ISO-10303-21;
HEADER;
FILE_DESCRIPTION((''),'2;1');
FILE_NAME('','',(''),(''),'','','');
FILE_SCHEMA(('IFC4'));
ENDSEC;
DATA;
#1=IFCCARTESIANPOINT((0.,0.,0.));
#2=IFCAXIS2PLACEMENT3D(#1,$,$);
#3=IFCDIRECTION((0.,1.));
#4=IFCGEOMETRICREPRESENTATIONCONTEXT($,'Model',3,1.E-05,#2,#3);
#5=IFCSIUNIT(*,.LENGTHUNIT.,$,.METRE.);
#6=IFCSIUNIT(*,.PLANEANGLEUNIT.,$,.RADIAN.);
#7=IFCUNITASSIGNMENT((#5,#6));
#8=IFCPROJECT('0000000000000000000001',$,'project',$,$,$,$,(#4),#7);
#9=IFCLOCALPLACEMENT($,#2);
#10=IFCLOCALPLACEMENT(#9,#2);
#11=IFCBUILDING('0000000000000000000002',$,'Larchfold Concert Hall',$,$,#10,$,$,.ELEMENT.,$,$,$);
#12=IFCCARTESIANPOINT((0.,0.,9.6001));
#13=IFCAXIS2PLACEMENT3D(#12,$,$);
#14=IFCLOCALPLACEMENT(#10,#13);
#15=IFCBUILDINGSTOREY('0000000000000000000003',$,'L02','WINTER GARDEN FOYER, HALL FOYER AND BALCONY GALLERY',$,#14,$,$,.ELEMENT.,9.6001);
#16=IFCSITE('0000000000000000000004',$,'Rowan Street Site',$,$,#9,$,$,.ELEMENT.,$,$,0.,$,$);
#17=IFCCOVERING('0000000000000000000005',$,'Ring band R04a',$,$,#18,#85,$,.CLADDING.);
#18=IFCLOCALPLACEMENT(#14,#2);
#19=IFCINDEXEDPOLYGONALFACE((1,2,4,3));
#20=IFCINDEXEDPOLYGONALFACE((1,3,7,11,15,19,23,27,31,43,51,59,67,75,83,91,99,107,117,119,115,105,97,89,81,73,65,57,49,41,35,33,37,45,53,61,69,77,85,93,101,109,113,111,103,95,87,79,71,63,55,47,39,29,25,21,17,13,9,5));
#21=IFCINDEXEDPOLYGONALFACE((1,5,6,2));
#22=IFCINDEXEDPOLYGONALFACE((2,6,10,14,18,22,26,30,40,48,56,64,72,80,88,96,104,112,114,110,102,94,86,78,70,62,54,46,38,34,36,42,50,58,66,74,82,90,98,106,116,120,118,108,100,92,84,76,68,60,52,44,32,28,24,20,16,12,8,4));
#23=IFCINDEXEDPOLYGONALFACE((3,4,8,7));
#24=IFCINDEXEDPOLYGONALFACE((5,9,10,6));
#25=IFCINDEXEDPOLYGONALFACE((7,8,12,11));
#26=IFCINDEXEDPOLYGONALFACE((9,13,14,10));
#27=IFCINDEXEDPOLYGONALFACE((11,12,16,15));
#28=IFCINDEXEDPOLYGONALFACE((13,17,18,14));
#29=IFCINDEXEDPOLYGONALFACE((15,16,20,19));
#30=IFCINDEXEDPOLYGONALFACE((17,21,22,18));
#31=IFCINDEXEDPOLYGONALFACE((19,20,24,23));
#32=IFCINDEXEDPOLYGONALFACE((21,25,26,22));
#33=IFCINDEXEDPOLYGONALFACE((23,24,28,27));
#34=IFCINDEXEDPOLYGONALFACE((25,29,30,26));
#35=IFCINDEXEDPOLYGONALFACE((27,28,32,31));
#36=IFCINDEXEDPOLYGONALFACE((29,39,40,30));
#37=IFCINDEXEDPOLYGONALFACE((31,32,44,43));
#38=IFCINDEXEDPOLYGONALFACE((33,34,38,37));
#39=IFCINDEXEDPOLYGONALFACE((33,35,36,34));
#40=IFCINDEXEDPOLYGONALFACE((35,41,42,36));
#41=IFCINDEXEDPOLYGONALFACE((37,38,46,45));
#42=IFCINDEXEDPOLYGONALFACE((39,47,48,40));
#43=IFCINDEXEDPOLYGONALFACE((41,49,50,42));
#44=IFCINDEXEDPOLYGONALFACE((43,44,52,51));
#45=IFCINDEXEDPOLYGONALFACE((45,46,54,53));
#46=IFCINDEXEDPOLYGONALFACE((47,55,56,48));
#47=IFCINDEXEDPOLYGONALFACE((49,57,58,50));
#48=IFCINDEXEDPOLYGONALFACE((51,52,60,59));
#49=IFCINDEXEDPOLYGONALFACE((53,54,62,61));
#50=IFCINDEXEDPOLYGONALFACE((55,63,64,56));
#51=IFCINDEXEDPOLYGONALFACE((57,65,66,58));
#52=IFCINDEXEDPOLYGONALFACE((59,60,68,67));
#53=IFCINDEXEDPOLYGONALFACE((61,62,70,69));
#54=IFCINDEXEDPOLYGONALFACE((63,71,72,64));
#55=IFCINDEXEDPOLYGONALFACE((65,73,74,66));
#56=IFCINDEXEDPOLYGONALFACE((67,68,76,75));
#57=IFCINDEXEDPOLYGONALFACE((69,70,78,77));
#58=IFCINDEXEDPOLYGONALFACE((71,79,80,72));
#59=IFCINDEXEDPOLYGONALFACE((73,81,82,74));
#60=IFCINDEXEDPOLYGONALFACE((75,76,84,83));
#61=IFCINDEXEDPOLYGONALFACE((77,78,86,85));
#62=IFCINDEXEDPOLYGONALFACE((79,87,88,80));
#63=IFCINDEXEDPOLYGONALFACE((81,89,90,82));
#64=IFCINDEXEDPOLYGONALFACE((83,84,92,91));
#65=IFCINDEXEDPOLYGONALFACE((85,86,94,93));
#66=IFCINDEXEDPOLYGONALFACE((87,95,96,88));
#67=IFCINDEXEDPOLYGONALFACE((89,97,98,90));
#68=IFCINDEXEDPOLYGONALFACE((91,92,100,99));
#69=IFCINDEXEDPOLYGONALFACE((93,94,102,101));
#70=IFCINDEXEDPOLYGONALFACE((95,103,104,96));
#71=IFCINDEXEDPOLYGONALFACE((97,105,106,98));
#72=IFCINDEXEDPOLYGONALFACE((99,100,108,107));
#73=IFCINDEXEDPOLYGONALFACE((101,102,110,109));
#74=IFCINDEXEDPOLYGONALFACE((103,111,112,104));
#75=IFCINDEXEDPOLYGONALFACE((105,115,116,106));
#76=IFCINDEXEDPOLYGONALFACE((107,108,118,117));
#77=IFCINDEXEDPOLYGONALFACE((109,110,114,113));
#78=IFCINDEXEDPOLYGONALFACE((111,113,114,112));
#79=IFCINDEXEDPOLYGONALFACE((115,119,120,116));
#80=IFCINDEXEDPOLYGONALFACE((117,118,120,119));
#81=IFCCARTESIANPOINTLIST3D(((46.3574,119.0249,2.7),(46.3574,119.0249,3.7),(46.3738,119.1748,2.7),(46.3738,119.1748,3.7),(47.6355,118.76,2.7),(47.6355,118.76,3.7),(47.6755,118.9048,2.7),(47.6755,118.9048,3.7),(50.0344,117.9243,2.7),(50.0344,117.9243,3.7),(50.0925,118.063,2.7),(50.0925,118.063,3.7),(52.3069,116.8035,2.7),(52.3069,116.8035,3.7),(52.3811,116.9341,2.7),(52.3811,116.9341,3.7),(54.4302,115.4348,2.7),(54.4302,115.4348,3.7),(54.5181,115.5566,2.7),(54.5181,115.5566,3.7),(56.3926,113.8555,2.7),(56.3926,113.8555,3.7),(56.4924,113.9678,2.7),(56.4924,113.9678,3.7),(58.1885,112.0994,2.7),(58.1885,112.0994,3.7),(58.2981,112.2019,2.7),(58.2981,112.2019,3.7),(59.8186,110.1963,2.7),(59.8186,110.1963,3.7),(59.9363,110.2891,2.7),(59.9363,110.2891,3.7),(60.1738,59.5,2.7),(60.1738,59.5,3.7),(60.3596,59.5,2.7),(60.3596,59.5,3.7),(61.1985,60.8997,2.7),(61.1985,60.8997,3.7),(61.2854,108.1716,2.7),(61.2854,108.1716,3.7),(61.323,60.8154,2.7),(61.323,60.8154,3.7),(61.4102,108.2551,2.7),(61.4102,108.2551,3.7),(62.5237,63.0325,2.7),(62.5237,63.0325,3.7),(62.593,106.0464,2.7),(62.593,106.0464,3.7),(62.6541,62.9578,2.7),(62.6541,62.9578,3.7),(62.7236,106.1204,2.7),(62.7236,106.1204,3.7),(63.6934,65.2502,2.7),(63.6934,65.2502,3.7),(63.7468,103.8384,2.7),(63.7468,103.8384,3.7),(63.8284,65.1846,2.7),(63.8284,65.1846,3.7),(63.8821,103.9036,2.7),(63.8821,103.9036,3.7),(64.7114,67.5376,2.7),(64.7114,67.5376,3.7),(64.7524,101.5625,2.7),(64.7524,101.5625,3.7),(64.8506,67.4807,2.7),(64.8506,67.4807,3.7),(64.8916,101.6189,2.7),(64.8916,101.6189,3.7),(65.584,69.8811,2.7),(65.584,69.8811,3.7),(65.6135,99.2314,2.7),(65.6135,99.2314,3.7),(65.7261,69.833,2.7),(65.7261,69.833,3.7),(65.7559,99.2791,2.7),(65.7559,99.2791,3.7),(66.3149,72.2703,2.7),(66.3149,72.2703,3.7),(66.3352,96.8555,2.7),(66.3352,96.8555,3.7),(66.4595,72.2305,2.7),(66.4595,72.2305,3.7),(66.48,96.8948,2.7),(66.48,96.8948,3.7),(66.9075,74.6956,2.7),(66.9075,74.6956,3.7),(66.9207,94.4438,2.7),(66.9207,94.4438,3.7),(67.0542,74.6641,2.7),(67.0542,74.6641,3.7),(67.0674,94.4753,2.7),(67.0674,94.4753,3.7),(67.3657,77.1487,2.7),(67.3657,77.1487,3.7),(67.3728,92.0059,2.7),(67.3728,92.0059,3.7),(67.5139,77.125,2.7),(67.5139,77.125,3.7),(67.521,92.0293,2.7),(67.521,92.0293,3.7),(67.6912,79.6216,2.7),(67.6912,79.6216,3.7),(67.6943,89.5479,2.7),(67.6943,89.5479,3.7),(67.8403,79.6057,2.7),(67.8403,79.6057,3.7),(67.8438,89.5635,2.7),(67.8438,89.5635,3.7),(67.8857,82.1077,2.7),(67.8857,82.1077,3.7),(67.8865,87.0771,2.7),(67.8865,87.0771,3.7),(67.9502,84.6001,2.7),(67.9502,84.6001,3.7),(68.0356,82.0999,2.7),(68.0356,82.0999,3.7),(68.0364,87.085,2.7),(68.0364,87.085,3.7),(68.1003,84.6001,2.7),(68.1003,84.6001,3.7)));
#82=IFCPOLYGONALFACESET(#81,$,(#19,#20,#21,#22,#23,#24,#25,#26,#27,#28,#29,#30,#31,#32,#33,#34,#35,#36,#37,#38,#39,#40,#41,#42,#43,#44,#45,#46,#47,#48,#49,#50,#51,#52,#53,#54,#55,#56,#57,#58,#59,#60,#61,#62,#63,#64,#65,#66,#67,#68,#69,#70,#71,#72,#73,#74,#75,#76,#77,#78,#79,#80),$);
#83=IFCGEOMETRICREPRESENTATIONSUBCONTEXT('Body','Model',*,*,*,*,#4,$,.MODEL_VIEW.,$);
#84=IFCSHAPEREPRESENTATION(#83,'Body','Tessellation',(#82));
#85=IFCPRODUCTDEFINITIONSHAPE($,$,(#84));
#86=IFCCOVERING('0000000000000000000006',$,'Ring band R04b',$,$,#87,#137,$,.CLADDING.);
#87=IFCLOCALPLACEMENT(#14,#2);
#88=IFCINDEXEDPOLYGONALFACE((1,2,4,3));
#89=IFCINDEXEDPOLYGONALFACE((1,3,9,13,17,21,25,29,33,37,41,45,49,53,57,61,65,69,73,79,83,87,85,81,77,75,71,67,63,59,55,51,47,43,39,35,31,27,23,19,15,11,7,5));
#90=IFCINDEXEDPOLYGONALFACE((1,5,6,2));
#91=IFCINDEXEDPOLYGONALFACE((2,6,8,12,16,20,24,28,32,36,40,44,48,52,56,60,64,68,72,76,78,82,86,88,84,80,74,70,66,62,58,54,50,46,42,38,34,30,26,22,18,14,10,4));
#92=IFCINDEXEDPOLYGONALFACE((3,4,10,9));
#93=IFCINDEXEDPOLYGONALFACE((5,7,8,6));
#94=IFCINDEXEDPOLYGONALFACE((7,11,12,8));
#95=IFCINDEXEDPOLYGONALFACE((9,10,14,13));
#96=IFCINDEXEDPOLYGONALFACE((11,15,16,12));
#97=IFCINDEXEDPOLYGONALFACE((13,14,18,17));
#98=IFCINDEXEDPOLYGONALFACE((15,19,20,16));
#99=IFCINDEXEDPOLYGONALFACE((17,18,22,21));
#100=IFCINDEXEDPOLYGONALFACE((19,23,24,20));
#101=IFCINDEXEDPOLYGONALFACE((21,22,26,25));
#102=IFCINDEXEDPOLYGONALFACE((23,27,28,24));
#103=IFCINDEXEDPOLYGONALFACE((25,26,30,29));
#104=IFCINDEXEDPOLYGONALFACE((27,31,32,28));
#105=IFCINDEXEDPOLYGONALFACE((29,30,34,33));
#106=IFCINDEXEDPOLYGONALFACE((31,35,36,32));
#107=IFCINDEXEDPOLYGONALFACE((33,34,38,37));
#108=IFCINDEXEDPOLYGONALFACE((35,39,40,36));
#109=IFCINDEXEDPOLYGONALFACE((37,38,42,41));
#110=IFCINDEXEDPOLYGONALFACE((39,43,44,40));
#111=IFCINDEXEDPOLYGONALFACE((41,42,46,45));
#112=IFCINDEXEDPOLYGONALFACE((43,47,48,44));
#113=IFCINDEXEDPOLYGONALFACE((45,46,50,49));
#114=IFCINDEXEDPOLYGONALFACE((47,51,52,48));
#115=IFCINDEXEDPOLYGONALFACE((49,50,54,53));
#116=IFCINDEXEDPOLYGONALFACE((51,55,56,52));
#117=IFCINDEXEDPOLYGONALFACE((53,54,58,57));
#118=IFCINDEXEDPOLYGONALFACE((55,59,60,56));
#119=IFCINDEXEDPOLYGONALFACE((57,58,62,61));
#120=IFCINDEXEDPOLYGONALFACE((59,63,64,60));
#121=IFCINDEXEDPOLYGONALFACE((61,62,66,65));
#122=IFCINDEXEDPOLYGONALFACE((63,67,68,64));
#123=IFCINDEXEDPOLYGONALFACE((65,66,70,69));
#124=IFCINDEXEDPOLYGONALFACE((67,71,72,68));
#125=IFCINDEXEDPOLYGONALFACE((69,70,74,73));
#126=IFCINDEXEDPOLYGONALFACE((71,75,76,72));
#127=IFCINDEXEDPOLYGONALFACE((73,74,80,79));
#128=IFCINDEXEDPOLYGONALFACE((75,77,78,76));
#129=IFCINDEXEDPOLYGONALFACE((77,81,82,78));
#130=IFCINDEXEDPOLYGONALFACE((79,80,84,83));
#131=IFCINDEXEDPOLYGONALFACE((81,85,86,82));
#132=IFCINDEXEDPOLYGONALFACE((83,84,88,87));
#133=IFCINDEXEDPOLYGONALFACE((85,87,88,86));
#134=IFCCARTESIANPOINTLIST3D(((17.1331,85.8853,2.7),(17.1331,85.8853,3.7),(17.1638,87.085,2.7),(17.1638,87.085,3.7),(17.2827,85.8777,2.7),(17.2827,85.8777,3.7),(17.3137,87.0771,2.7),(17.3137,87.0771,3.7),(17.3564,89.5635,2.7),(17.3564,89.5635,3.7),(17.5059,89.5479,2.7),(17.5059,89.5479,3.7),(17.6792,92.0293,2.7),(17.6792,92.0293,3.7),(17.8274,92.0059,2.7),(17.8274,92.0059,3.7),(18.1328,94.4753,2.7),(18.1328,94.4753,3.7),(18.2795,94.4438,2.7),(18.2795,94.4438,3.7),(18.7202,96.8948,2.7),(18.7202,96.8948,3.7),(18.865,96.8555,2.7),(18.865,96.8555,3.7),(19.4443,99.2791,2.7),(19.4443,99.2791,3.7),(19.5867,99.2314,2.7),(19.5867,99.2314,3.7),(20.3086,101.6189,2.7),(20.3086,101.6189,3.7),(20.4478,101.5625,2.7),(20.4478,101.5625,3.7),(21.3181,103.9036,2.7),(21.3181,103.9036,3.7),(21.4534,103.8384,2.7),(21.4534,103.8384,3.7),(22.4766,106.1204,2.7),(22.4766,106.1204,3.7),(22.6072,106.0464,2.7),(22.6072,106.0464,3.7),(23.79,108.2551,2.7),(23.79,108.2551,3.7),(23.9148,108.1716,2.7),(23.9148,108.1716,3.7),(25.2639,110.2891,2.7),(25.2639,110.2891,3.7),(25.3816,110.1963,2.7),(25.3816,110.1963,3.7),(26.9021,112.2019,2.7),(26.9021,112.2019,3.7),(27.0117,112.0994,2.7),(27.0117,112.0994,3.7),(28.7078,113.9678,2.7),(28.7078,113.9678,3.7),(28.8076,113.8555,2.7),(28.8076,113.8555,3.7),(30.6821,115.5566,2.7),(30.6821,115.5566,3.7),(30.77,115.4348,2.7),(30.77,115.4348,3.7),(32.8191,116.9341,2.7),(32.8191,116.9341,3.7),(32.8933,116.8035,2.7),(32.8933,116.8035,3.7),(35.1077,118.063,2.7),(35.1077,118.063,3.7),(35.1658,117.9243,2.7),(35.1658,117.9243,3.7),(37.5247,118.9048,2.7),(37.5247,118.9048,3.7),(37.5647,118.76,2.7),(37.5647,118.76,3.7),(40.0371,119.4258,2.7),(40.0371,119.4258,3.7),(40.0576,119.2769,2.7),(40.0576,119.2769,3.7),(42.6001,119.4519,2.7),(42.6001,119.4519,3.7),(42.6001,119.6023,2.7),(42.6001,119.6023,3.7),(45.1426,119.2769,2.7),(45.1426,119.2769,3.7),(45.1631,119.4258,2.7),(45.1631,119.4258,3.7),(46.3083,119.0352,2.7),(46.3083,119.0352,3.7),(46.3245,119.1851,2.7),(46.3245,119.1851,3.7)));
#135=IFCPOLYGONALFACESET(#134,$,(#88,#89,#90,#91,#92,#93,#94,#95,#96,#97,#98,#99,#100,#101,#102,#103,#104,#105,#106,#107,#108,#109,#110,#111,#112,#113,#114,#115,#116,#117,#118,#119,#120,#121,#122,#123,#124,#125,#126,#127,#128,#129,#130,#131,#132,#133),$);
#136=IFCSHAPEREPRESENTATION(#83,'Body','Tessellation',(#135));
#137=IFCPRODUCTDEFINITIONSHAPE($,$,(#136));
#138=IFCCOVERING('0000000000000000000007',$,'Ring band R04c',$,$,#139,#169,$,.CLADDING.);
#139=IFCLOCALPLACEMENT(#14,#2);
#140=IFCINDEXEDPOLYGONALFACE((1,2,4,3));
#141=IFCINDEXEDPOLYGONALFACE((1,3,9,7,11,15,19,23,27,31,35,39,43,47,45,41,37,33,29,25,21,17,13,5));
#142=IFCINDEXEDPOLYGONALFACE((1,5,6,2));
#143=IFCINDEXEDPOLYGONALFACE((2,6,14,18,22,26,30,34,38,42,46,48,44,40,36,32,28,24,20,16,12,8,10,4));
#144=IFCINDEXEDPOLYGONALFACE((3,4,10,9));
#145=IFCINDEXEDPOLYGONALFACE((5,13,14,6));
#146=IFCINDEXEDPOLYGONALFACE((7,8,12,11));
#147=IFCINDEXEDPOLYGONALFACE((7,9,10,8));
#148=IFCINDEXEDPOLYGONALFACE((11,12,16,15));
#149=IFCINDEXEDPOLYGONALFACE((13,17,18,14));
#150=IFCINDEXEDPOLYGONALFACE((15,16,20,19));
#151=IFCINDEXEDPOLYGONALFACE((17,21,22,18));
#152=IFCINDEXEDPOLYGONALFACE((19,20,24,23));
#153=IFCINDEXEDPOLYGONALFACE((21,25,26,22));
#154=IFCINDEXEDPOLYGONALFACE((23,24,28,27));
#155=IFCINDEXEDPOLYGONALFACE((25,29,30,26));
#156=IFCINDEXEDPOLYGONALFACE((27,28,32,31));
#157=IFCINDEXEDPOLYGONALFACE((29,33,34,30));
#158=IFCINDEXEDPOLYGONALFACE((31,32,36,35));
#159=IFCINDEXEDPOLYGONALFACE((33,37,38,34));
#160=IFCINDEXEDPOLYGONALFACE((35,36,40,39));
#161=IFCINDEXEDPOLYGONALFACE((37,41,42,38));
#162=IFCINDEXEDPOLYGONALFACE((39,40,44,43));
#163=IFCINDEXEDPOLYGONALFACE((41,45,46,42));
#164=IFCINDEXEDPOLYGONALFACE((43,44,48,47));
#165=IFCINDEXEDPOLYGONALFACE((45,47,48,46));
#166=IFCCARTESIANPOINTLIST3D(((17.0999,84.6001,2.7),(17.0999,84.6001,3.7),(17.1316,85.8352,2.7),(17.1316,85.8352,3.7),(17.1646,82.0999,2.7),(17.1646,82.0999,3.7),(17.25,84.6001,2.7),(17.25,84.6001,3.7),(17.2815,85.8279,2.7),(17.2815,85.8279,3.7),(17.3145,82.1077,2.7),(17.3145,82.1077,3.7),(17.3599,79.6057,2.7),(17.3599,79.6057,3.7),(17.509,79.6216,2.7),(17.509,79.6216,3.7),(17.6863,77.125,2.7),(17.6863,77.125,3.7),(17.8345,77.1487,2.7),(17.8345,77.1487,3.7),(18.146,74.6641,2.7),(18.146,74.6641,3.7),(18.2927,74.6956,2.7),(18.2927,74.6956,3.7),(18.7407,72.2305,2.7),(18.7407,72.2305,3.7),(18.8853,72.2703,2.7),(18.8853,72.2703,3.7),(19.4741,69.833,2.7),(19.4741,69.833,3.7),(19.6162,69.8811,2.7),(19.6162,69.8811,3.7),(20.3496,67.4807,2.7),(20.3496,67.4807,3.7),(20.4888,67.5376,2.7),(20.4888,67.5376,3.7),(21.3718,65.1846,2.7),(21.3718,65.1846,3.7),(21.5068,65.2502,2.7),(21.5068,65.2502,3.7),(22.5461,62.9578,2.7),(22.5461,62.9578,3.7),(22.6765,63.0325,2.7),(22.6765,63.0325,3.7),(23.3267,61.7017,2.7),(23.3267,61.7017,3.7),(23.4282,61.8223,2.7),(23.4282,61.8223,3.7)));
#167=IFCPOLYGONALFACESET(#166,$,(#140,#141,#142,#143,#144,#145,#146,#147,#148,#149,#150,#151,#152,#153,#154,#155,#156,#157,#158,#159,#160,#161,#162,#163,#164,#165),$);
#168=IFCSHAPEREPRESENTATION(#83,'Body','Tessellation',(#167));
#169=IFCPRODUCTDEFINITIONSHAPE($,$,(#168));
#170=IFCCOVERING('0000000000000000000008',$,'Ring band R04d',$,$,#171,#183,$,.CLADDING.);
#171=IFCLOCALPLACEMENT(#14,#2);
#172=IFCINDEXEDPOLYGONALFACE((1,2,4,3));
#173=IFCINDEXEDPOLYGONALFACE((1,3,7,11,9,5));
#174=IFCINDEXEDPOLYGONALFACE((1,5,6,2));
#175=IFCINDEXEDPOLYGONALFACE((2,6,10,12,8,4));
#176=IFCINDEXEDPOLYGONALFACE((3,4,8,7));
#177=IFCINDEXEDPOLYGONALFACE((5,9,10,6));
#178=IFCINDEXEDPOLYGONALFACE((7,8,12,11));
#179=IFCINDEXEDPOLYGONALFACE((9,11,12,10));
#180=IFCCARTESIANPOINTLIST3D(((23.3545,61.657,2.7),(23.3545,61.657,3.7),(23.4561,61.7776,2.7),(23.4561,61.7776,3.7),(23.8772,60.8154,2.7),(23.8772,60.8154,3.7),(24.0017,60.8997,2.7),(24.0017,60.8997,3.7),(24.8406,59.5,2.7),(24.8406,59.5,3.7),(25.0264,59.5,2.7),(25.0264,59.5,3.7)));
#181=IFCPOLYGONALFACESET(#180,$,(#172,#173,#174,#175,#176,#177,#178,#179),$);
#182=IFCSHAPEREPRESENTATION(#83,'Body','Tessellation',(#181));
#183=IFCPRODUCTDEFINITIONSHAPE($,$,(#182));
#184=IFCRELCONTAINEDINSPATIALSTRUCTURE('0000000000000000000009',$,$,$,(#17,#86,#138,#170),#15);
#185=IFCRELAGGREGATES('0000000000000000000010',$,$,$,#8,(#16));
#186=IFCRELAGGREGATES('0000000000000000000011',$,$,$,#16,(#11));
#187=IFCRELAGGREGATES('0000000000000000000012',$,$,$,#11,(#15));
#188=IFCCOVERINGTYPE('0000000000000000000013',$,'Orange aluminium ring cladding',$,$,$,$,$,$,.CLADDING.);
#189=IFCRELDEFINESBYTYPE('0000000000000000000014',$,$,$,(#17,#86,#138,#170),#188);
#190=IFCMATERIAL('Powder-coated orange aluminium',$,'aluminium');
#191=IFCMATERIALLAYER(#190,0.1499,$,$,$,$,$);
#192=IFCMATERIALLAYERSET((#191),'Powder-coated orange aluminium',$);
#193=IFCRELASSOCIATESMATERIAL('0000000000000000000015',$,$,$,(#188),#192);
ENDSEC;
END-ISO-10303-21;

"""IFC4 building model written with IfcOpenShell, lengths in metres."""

from ifc_helpers import new_model, si_unit, direction, frame, origin, place, context, subcontext, project, spatial, polyline, outline, extrude, material, layer, layer_set, type_object, element, save


model = new_model("IFC4")

# Units and contexts
model_context = context("Model", 3, precision=1e-05, world=origin(), true_north=direction((0.0, 1.0)))
body_context = subcontext(model_context, "Body", "Model", "MODEL_VIEW")
ifc_project = project(units=[si_unit("LENGTHUNIT", "METRE"), si_unit("PLANEANGLEUNIT", "RADIAN")], contexts=[model_context])

# Site, building, storey
site_placement = place(None, origin())
site = spatial("IfcSite", under=ifc_project, at=site_placement, Name="Rowan Street Site", CompositionType="ELEMENT", RefElevation=0.0)
building_placement = place(site_placement, origin())
building = spatial("IfcBuilding", under=site, at=building_placement, Name="Larchfold Concert Hall", CompositionType="ELEMENT")
storey_placement = place(building_placement, frame((0.0, 0.0, 9.6001)))
storey = spatial("IfcBuildingStorey", under=building, at=storey_placement, Name="L02", Description="WINTER GARDEN FOYER, HALL FOYER AND BALCONY GALLERY", CompositionType="ELEMENT", Elevation=9.6001)

# Coverings
ifc_material_1 = material(Name="Powder-coated orange aluminium", Category="aluminium")
ifc_layer_1 = layer(ifc_material_1, 0.1499)
ifc_layer_set_1 = layer_set([ifc_layer_1], Name="Powder-coated orange aluminium")
covering_type_1 = type_object("IfcCoveringType", Name="Orange aluminium ring cladding", PredefinedType="CLADDING", material=ifc_layer_set_1)
covering_1_placement = place(storey_placement, frame((0.0, 0.0, 2.7)))
element("IfcCovering", 1, at=covering_1_placement, inside=storey, type_object=covering_type_1, Name="Ring band R04a", PredefinedType="CLADDING", context=body_context, shape_type="SweptSolid", body=[
    extrude(outline(polyline([(67.0542, 74.6641), (67.5139, 77.125), (67.8403, 79.6057), (68.0356, 82.0999), (68.1003, 84.6001), (68.0364, 87.085), (67.8438, 89.5635), (67.521, 92.0293), (67.0674, 94.4753), (66.48, 96.8948), (65.7559, 99.2791), (64.8916, 101.6189), (63.8821, 103.9036), (62.7236, 106.1204), (61.4102, 108.2551), (59.9363, 110.2891), (58.2981, 112.2019), (56.4924, 113.9678), (54.5181, 115.5566), (52.3811, 116.9341), (50.0925, 118.063), (47.6755, 118.9048), (46.3738, 119.1748), (46.3574, 119.0249), (47.6355, 118.76), (50.0344, 117.9243), (52.3069, 116.8035), (54.4302, 115.4348), (56.3926, 113.8555), (58.1885, 112.0994), (59.8186, 110.1963), (61.2854, 108.1716), (62.593, 106.0464), (63.7468, 103.8384), (64.7524, 101.5625), (65.6135, 99.2314), (66.3352, 96.8555), (66.9207, 94.4438), (67.3728, 92.0059), (67.6943, 89.5479), (67.8865, 87.0771), (67.9502, 84.6001), (67.8857, 82.1077), (67.6912, 79.6216), (67.3657, 77.1487), (66.9075, 74.6956), (66.3149, 72.2703), (65.584, 69.8811), (64.7114, 67.5376), (63.6934, 65.2502), (62.5237, 63.0325), (61.1985, 60.8997), (60.1738, 59.5), (60.3596, 59.5), (61.323, 60.8154), (62.6541, 62.9578), (63.8284, 65.1846), (64.8506, 67.4807), (65.7261, 69.833), (66.4595, 72.2305), (67.0542, 74.6641)])), origin(), (0.0, 0.0, 1.0), 1.0),
])
covering_2_placement = place(storey_placement, frame((0.0, 0.0, 2.7)))
element("IfcCovering", 2, at=covering_2_placement, inside=storey, type_object=covering_type_1, Name="Ring band R04b", PredefinedType="CLADDING", context=body_context, shape_type="SweptSolid", body=[
    extrude(outline(polyline([(42.6001, 119.4519), (45.1426, 119.2769), (46.3083, 119.0352), (46.3245, 119.1851), (45.1631, 119.4258), (42.6001, 119.6023), (40.0371, 119.4258), (37.5247, 118.9048), (35.1077, 118.063), (32.8191, 116.9341), (30.6821, 115.5566), (28.7078, 113.9678), (26.9021, 112.2019), (25.2639, 110.2891), (23.79, 108.2551), (22.4766, 106.1204), (21.3181, 103.9036), (20.3086, 101.6189), (19.4443, 99.2791), (18.7202, 96.8948), (18.1328, 94.4753), (17.6792, 92.0293), (17.3564, 89.5635), (17.1638, 87.085), (17.1331, 85.8853), (17.2827, 85.8777), (17.3137, 87.0771), (17.5059, 89.5479), (17.8274, 92.0059), (18.2795, 94.4438), (18.865, 96.8555), (19.5867, 99.2314), (20.4478, 101.5625), (21.4534, 103.8384), (22.6072, 106.0464), (23.9148, 108.1716), (25.3816, 110.1963), (27.0117, 112.0994), (28.8076, 113.8555), (30.77, 115.4348), (32.8933, 116.8035), (35.1658, 117.9243), (37.5647, 118.76), (40.0576, 119.2769), (42.6001, 119.4519)])), origin(), (0.0, 0.0, 1.0), 1.0),
])
covering_3_placement = place(storey_placement, frame((0.0, 0.0, 2.7)))
element("IfcCovering", 3, at=covering_3_placement, inside=storey, type_object=covering_type_1, Name="Ring band R04c", PredefinedType="CLADDING", context=body_context, shape_type="SweptSolid", body=[
    extrude(outline(polyline([(17.25, 84.6001), (17.2815, 85.8279), (17.1316, 85.8352), (17.0999, 84.6001), (17.1646, 82.0999), (17.3599, 79.6057), (17.6863, 77.125), (18.146, 74.6641), (18.7407, 72.2305), (19.4741, 69.833), (20.3496, 67.4807), (21.3718, 65.1846), (22.5461, 62.9578), (23.3267, 61.7017), (23.4282, 61.8223), (22.6765, 63.0325), (21.5068, 65.2502), (20.4888, 67.5376), (19.6162, 69.8811), (18.8853, 72.2703), (18.2927, 74.6956), (17.8345, 77.1487), (17.509, 79.6216), (17.3145, 82.1077), (17.25, 84.6001)])), origin(), (0.0, 0.0, 1.0), 1.0),
])
covering_4_placement = place(storey_placement, frame((0.0, 0.0, 2.7)))
element("IfcCovering", 4, at=covering_4_placement, inside=storey, type_object=covering_type_1, Name="Ring band R04d", PredefinedType="CLADDING", context=body_context, shape_type="SweptSolid", body=[
    extrude(outline(polyline([(23.4561, 61.7776), (23.3545, 61.657), (23.8772, 60.8154), (24.8406, 59.5), (25.0264, 59.5), (24.0017, 60.8997), (23.4561, 61.7776)])), origin(), (0.0, 0.0, 1.0), 1.0),
])

save(model, "model.ifc")
